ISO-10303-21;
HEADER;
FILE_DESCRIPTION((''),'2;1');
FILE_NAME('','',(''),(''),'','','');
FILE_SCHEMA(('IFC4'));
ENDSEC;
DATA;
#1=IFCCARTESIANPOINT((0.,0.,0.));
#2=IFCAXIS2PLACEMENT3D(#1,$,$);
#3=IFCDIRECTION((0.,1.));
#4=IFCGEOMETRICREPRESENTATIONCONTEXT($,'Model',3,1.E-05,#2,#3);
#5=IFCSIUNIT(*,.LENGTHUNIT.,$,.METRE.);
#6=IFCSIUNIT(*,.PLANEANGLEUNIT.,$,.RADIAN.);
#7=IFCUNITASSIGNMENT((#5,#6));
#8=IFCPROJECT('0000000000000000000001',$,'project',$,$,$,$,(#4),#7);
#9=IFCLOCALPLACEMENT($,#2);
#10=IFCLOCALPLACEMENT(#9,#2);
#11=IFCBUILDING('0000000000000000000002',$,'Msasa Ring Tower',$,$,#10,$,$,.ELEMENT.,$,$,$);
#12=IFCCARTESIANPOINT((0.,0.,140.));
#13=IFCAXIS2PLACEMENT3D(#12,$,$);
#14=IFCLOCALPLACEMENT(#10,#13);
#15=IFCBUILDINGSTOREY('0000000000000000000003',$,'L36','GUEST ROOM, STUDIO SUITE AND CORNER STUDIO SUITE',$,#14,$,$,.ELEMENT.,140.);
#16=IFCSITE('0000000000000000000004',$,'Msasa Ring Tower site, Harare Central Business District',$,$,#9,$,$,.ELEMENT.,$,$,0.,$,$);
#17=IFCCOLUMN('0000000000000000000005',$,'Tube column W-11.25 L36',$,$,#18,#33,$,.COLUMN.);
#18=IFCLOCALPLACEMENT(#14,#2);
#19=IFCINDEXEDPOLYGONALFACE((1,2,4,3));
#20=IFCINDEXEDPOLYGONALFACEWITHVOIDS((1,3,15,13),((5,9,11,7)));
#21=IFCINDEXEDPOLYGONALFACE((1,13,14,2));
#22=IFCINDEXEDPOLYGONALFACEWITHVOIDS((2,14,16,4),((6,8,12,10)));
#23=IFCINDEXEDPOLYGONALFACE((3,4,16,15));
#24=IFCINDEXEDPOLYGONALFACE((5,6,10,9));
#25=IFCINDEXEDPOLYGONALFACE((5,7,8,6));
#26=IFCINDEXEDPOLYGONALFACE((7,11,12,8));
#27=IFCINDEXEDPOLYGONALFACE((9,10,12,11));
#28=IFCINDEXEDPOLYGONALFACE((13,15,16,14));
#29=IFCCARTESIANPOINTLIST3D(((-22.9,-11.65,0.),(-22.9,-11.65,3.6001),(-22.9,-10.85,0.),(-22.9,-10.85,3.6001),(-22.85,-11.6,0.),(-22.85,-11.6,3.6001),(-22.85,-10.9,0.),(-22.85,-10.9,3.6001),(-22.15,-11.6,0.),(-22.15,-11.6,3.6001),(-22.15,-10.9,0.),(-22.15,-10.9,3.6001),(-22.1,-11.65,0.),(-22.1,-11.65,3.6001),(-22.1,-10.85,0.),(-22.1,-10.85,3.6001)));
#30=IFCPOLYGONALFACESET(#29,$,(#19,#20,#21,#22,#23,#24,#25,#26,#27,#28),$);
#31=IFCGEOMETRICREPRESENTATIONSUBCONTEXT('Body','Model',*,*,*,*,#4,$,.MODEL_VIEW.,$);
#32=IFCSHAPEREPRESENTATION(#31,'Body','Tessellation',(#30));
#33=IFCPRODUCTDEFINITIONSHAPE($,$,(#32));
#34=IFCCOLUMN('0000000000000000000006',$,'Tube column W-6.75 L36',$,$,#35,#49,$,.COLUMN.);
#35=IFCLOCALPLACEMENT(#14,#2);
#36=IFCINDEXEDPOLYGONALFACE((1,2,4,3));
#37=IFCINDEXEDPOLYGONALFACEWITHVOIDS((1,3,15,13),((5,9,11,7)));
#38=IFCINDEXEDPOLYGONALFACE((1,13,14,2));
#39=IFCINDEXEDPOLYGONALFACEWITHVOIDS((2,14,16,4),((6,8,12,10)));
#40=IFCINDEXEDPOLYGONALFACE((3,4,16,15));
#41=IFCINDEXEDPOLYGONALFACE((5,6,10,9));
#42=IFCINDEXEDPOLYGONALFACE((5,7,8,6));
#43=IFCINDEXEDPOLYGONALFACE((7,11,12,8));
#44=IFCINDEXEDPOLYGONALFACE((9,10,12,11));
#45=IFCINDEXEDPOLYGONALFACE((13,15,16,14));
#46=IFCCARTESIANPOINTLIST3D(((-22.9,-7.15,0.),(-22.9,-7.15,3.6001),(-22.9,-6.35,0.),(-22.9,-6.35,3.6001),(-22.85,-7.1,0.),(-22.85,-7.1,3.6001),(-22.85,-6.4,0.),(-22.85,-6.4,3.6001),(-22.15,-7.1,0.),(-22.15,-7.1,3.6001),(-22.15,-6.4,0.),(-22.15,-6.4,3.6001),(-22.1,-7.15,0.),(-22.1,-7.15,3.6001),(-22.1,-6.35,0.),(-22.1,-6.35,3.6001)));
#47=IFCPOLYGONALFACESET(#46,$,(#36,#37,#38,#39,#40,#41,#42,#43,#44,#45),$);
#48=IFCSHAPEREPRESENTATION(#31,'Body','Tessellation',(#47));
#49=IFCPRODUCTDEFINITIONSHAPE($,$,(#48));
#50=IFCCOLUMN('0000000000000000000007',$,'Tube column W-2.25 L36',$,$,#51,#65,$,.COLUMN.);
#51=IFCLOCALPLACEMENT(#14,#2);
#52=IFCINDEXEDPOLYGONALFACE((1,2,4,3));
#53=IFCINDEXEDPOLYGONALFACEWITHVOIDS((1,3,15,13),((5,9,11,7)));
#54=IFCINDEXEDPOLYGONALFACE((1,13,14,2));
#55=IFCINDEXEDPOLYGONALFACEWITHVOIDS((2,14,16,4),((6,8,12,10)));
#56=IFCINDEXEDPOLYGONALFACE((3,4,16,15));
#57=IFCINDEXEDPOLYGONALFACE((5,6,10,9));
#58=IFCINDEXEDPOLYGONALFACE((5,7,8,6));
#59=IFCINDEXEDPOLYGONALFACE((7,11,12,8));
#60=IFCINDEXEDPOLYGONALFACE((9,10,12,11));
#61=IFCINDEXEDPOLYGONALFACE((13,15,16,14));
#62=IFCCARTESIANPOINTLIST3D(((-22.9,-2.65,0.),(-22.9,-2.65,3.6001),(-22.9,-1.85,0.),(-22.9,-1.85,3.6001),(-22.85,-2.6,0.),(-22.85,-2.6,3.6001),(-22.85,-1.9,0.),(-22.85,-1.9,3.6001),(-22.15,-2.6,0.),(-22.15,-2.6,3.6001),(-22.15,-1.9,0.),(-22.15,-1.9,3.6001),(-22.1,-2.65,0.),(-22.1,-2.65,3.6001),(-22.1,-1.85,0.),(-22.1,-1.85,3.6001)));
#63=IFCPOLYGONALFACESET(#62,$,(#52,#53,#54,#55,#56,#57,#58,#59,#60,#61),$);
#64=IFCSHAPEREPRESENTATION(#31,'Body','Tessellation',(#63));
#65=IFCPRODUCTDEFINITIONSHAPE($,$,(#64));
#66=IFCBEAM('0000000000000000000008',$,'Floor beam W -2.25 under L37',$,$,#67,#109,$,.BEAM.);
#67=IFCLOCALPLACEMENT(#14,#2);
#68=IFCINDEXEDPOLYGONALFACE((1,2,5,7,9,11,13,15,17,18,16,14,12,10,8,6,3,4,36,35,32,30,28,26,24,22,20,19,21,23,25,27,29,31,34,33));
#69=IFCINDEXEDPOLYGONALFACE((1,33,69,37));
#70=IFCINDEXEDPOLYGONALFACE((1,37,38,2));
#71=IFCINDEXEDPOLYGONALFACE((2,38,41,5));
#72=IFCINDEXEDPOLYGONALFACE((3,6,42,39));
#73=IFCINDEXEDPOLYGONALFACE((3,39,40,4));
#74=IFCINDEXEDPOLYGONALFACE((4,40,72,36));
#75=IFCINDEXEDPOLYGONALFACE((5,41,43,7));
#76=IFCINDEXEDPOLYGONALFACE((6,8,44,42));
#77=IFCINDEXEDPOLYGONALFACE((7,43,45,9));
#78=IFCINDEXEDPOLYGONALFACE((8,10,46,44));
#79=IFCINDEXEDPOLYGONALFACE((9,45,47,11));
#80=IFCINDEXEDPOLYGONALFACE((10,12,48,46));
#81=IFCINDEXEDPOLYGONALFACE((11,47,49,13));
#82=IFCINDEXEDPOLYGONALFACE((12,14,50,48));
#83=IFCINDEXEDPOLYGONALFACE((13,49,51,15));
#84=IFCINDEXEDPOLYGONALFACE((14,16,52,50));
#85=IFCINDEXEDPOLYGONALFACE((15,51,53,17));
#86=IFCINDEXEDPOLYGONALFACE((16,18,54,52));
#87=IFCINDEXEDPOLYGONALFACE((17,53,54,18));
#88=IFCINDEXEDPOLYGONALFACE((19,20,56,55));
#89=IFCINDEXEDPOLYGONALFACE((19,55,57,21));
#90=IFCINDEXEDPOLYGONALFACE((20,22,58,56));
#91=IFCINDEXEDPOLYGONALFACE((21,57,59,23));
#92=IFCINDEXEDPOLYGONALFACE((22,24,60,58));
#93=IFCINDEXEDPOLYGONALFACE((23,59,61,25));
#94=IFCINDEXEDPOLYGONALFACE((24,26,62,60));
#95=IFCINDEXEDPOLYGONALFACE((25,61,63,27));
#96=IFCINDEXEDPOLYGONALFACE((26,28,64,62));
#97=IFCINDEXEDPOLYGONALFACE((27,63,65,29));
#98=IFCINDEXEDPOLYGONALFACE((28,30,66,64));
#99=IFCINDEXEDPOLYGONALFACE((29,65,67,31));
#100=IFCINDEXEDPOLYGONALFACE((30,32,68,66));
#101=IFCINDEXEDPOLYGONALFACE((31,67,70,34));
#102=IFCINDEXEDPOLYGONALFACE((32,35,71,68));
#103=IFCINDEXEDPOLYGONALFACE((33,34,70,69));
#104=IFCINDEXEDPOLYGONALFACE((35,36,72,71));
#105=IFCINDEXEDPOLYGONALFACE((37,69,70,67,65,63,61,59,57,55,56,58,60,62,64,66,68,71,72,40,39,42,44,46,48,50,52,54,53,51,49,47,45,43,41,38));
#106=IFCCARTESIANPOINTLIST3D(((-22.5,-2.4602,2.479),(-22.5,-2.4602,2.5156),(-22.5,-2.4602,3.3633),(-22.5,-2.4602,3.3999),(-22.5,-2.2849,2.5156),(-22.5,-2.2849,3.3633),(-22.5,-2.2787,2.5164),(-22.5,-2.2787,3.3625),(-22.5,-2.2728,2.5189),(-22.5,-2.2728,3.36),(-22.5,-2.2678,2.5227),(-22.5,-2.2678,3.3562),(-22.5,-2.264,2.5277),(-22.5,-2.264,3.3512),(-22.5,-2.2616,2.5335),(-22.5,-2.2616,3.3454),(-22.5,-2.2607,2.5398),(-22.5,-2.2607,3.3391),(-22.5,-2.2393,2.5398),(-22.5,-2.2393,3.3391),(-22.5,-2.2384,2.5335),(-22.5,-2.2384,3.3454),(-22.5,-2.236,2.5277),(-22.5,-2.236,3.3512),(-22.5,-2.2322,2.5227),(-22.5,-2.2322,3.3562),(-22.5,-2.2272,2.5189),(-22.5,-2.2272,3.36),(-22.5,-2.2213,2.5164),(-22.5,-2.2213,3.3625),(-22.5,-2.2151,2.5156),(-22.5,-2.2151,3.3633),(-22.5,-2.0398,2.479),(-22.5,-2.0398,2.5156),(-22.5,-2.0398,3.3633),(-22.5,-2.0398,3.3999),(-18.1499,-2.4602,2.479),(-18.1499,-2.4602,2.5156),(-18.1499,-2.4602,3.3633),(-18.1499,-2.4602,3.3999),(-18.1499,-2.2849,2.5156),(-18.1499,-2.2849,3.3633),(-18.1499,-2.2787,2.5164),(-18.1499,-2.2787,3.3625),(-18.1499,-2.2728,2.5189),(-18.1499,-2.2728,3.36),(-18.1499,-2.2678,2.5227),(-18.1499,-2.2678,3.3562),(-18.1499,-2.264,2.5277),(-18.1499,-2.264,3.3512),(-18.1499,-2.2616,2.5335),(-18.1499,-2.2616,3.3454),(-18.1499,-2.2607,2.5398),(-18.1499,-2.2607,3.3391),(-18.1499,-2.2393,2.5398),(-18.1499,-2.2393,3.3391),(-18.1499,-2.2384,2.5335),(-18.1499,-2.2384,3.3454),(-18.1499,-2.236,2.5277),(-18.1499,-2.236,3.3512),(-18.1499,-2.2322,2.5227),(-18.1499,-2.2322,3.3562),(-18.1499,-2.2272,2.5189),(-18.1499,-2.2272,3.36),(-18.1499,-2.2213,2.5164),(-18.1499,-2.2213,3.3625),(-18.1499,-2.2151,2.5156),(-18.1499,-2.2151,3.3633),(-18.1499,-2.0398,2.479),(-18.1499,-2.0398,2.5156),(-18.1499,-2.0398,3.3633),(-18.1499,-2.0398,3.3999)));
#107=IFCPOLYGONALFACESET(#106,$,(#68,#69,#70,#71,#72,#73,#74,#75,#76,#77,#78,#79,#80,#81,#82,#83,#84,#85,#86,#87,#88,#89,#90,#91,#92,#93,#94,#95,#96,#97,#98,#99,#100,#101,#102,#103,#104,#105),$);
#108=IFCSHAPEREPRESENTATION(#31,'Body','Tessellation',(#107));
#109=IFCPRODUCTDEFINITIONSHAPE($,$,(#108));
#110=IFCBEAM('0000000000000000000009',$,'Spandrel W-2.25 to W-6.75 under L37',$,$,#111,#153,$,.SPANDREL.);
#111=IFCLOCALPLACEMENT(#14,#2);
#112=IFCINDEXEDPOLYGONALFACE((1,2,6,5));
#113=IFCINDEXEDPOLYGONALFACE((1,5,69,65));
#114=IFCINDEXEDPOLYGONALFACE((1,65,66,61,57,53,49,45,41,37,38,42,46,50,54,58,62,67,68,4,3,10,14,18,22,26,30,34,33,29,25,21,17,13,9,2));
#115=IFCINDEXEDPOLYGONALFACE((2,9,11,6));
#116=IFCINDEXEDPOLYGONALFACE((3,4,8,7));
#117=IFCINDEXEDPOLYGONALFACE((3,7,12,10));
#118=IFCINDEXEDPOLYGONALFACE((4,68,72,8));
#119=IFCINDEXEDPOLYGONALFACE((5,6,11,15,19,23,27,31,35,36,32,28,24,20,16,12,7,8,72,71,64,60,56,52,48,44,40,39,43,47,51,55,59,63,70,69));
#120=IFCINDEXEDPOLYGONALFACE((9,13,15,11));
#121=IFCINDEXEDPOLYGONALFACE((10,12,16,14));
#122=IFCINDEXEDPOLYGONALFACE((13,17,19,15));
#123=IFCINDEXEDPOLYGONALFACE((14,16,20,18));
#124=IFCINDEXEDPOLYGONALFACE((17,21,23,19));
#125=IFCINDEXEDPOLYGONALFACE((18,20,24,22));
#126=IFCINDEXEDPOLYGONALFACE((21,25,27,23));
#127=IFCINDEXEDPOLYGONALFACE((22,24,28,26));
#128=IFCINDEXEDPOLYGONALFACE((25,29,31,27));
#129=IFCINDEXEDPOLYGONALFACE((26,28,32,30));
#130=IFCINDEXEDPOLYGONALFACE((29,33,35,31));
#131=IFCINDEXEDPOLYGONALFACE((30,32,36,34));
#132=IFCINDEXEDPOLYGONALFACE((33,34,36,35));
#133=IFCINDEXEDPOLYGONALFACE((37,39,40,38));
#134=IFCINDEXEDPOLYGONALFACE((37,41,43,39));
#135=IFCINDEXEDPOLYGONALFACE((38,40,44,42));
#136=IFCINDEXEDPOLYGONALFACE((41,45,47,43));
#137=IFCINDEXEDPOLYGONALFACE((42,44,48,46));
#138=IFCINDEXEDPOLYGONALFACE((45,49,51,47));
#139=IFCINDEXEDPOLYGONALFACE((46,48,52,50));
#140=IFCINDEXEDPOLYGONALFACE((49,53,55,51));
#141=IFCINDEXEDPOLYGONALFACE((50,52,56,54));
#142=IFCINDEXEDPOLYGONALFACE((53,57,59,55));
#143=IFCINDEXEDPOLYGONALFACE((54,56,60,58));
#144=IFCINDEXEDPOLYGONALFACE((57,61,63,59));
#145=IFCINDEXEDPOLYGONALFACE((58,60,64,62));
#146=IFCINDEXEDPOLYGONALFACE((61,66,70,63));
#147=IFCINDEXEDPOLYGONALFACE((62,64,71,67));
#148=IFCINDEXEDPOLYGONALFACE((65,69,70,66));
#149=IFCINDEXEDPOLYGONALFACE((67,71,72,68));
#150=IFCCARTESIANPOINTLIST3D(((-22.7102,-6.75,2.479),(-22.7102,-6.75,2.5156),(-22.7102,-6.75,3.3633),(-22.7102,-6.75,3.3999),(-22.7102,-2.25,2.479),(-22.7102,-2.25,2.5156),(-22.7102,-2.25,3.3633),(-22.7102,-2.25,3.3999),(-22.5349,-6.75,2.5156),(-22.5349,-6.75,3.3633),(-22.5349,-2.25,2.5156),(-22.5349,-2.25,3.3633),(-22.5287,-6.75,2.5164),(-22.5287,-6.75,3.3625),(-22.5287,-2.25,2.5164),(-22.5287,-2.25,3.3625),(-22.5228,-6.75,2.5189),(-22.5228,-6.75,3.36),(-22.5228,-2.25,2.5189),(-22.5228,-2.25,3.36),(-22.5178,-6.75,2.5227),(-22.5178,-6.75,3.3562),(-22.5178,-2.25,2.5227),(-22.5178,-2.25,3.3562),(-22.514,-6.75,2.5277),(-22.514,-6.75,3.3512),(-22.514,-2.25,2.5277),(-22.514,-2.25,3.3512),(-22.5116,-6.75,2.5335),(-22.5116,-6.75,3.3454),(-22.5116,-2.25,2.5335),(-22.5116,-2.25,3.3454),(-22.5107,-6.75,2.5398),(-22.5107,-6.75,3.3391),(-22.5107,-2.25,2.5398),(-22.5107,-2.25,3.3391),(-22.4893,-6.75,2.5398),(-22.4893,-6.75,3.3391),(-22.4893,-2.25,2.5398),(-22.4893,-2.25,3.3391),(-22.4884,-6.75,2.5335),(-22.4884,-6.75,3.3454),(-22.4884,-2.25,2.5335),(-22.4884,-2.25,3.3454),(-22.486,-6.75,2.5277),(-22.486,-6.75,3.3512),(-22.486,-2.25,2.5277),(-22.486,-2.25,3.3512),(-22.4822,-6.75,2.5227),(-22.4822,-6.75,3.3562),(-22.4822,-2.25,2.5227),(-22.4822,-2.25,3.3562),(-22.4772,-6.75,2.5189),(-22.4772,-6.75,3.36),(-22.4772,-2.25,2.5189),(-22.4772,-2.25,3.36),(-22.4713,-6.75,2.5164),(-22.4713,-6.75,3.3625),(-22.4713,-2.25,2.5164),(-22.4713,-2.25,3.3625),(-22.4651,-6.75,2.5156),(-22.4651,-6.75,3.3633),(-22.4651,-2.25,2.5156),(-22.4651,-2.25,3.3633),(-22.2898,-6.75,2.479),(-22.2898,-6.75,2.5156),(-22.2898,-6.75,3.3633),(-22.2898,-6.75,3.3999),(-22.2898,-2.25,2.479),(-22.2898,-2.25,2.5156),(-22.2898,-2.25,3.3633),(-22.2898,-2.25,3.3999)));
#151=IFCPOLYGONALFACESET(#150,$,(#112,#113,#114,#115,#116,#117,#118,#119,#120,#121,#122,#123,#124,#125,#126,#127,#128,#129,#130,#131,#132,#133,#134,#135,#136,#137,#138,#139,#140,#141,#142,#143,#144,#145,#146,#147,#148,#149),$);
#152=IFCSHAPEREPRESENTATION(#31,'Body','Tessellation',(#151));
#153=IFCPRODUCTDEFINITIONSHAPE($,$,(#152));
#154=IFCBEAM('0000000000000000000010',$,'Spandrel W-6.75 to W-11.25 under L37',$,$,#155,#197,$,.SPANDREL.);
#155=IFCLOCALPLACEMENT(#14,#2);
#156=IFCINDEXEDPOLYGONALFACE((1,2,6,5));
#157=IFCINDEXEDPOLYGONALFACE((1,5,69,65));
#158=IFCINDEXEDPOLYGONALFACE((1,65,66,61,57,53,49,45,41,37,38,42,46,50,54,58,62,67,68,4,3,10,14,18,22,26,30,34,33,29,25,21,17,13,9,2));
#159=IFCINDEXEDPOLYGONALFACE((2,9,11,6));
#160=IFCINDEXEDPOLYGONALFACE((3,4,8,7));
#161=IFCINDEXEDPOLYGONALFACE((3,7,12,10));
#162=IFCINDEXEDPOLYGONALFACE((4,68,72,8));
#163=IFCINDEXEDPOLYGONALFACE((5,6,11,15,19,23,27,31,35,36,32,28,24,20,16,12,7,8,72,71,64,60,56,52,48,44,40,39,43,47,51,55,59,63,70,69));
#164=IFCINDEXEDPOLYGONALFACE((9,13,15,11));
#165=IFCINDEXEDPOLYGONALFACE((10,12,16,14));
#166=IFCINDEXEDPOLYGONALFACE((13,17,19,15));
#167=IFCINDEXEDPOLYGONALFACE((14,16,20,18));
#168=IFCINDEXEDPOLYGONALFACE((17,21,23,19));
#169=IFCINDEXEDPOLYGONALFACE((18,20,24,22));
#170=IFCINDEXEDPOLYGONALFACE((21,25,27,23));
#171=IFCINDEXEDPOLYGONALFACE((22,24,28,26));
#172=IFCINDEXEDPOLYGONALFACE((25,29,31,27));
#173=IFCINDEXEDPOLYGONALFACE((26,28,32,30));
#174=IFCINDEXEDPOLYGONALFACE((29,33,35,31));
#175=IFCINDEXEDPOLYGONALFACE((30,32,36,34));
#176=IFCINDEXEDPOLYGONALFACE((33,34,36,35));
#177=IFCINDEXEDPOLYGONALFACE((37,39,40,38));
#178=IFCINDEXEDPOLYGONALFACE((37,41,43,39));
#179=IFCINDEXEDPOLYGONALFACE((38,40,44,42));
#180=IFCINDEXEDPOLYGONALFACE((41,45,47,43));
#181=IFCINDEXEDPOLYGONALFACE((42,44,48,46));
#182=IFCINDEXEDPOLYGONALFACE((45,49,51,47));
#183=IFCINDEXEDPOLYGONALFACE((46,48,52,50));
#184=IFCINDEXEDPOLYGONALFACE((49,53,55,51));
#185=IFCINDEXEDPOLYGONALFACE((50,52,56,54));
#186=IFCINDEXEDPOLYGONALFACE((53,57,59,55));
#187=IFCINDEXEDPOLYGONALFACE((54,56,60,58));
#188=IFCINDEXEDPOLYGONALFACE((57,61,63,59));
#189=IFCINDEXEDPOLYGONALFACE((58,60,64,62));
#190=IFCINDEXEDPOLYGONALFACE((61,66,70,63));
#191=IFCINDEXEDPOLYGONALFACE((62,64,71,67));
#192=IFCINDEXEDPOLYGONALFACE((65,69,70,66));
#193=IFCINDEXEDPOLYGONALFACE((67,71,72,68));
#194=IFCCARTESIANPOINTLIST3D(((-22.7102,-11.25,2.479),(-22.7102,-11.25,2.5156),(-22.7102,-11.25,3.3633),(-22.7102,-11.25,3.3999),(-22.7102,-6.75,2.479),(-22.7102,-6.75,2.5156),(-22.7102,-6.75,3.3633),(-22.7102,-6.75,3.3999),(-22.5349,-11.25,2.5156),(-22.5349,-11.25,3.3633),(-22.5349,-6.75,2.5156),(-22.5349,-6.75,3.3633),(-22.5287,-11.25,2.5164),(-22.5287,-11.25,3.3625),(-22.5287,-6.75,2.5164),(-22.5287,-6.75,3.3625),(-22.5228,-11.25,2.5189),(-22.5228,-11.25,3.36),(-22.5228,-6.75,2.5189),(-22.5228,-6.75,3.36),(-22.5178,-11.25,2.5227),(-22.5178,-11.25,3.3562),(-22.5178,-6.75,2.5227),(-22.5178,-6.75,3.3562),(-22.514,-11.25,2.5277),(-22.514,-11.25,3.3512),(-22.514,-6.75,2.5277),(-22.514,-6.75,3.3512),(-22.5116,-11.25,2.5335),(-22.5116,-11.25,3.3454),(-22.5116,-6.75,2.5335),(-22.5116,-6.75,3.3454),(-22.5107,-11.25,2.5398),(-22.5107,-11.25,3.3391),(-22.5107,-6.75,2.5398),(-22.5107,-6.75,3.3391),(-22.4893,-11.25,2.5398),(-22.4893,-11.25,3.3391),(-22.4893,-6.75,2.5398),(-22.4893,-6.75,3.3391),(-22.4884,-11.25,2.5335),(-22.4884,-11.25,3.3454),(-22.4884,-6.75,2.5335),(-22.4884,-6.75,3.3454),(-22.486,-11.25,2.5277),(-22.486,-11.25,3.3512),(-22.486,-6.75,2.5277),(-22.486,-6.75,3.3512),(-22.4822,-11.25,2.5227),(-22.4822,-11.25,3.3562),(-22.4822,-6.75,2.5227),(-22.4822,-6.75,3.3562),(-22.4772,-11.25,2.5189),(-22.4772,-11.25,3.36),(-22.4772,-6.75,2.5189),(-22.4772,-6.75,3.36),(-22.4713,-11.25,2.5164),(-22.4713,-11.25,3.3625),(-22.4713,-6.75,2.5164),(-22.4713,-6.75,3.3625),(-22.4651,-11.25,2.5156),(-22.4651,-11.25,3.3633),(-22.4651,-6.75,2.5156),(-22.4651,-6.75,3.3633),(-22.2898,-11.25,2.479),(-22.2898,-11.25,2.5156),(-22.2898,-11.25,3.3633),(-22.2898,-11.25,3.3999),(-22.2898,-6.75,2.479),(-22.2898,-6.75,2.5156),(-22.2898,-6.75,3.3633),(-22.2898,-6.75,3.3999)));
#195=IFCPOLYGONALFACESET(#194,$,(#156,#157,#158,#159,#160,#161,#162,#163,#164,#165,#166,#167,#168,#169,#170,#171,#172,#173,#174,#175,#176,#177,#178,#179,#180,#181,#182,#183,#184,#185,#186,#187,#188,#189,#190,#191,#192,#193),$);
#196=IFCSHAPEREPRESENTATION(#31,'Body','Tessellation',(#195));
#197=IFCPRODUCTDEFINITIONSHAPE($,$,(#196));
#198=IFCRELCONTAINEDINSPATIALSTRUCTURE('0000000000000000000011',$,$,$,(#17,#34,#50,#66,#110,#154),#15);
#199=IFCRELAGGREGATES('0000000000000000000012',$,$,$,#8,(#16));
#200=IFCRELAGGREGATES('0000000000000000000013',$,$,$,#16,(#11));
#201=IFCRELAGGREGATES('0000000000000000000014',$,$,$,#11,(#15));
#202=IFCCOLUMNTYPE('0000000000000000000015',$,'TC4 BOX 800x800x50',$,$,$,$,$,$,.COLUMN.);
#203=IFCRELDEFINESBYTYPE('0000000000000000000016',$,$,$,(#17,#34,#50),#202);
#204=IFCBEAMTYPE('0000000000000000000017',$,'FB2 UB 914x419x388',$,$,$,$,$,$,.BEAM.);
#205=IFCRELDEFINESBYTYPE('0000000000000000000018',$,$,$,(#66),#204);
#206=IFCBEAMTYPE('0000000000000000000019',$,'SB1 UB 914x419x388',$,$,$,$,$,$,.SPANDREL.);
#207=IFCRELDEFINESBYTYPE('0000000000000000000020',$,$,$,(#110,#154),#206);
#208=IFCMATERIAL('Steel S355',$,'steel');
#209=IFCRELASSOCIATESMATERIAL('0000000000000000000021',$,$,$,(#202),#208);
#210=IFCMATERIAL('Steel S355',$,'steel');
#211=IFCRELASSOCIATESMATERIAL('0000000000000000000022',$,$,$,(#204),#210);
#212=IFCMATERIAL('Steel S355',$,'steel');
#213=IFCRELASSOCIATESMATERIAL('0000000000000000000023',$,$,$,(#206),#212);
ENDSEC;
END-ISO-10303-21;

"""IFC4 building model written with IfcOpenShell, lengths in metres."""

from ifc_helpers import new_model, si_unit, direction, frame, origin, origin_2d, place, context, subcontext, project, spatial, hollow_rectangle, i_section, extrude, material, material_profile, profile_set, type_object, element, save


model = new_model("IFC4")

# Units and contexts
model_context = context("Model", 3, precision=1e-05, world=origin(), true_north=direction((0.0, 1.0)))
body_context = subcontext(model_context, "Body", "Model", "MODEL_VIEW")
ifc_project = project(units=[si_unit("LENGTHUNIT", "METRE"), si_unit("PLANEANGLEUNIT", "RADIAN")], contexts=[model_context])

# Site, building, storey
site_placement = place(None, origin())
site = spatial("IfcSite", under=ifc_project, at=site_placement, Name="Msasa Ring Tower site, Harare Central Business District", CompositionType="ELEMENT", RefElevation=0.0)
building_placement = place(site_placement, origin())
building = spatial("IfcBuilding", under=site, at=building_placement, Name="Msasa Ring Tower", CompositionType="ELEMENT")
storey_placement = place(building_placement, frame((0.0, 0.0, 140.0)))
storey = spatial("IfcBuildingStorey", under=building, at=storey_placement, Name="L36", Description="GUEST ROOM, STUDIO SUITE AND CORNER STUDIO SUITE", CompositionType="ELEMENT", Elevation=140.0)

# Columns
ifc_material_1 = material(Name="Steel S355", Category="steel")
ifc_material_profile_1 = material_profile(ifc_material_1, hollow_rectangle(XDim=0.8, YDim=0.8, WallThickness=0.05, at=origin_2d()), Name="BOX 800x800x50")
ifc_profile_set_1 = profile_set([ifc_material_profile_1], Name="Steel S355")
column_type = type_object("IfcColumnType", Name="TC4 BOX 800x800x50", PredefinedType="COLUMN", material=ifc_profile_set_1)
for number, where, z_axis, x_axis, name in (
    (1, (-22.5, -11.25, 0.0), (0.0, 0.0, 1.0), (1.0, 0.0, 0.0), "Tube column W-11.25 L36"),
    (2, (-22.5, -6.75, 0.0), (0.0, 0.0, 1.0), (1.0, 0.0, 0.0), "Tube column W-6.75 L36"),
    (3, (-22.5, -2.25, 0.0), (0.0, 0.0, 1.0), (1.0, 0.0, 0.0), "Tube column W-2.25 L36"),
):
    element("IfcColumn", number, at=place(storey_placement, frame(where, z_axis=z_axis, x_axis=x_axis)), inside=storey, type_object=column_type, Name=name, PredefinedType="COLUMN", context=body_context, shape_type="SweptSolid", body=[
        extrude(hollow_rectangle(XDim=0.8, YDim=0.8, WallThickness=0.05, at=origin_2d()), origin(), (0.0, 0.0, 1.0), 3.6001),
    ])

# Beams
ifc_material_2 = material(Name="Steel S355", Category="steel")
ifc_material_profile_2 = material_profile(ifc_material_2, i_section(OverallWidth=0.4204, OverallDepth=0.9209, WebThickness=0.0215, FlangeThickness=0.0366, FilletRadius=0.0242, at=origin_2d()), Name="UB 914x419x388")
ifc_profile_set_2 = profile_set([ifc_material_profile_2], Name="Steel S355")
beam_type_1 = type_object("IfcBeamType", Name="FB2 UB 914x419x388", PredefinedType="BEAM", material=ifc_profile_set_2)
beam_placement = place(storey_placement, frame((-22.5, -2.25, 2.9395), z_axis=(1.0, 0.0, 0.0), x_axis=(0.0, 1.0, 0.0)))
element("IfcBeam", 4, at=beam_placement, inside=storey, type_object=beam_type_1, Name="Floor beam W -2.25 under L37", PredefinedType="BEAM", context=body_context, shape_type="SweptSolid", body=[
    extrude(i_section(OverallWidth=0.4204, OverallDepth=0.9209, WebThickness=0.0215, FlangeThickness=0.0366, FilletRadius=0.0242, at=origin_2d()), origin(), (0.0, 0.0, 1.0), 4.3501),
])
ifc_material_3 = material(Name="Steel S355", Category="steel")
ifc_material_profile_3 = material_profile(ifc_material_3, i_section(OverallWidth=0.4204, OverallDepth=0.9209, WebThickness=0.0215, FlangeThickness=0.0366, FilletRadius=0.0242, at=origin_2d()), Name="UB 914x419x388")
ifc_profile_set_3 = profile_set([ifc_material_profile_3], Name="Steel S355")
beam_type_2 = type_object("IfcBeamType", Name="SB1 UB 914x419x388", PredefinedType="SPANDREL", material=ifc_profile_set_3)
for number, where, z_axis, x_axis, name in (
    (5, (-22.5, -2.25, 2.9395), (0.0, -1.0, 0.0), (1.0, 0.0, 0.0), "Spandrel W-2.25 to W-6.75 under L37"),
    (6, (-22.5, -6.75, 2.9395), (0.0, -1.0, 0.0), (1.0, 0.0, 0.0), "Spandrel W-6.75 to W-11.25 under L37"),
):
    element("IfcBeam", number, at=place(storey_placement, frame(where, z_axis=z_axis, x_axis=x_axis)), inside=storey, type_object=beam_type_2, Name=name, PredefinedType="SPANDREL", context=body_context, shape_type="SweptSolid", body=[
        extrude(i_section(OverallWidth=0.4204, OverallDepth=0.9209, WebThickness=0.0215, FlangeThickness=0.0366, FilletRadius=0.0242, at=origin_2d()), origin(), (0.0, 0.0, 1.0), 4.5),
    ])

save(model, "model.ifc")
